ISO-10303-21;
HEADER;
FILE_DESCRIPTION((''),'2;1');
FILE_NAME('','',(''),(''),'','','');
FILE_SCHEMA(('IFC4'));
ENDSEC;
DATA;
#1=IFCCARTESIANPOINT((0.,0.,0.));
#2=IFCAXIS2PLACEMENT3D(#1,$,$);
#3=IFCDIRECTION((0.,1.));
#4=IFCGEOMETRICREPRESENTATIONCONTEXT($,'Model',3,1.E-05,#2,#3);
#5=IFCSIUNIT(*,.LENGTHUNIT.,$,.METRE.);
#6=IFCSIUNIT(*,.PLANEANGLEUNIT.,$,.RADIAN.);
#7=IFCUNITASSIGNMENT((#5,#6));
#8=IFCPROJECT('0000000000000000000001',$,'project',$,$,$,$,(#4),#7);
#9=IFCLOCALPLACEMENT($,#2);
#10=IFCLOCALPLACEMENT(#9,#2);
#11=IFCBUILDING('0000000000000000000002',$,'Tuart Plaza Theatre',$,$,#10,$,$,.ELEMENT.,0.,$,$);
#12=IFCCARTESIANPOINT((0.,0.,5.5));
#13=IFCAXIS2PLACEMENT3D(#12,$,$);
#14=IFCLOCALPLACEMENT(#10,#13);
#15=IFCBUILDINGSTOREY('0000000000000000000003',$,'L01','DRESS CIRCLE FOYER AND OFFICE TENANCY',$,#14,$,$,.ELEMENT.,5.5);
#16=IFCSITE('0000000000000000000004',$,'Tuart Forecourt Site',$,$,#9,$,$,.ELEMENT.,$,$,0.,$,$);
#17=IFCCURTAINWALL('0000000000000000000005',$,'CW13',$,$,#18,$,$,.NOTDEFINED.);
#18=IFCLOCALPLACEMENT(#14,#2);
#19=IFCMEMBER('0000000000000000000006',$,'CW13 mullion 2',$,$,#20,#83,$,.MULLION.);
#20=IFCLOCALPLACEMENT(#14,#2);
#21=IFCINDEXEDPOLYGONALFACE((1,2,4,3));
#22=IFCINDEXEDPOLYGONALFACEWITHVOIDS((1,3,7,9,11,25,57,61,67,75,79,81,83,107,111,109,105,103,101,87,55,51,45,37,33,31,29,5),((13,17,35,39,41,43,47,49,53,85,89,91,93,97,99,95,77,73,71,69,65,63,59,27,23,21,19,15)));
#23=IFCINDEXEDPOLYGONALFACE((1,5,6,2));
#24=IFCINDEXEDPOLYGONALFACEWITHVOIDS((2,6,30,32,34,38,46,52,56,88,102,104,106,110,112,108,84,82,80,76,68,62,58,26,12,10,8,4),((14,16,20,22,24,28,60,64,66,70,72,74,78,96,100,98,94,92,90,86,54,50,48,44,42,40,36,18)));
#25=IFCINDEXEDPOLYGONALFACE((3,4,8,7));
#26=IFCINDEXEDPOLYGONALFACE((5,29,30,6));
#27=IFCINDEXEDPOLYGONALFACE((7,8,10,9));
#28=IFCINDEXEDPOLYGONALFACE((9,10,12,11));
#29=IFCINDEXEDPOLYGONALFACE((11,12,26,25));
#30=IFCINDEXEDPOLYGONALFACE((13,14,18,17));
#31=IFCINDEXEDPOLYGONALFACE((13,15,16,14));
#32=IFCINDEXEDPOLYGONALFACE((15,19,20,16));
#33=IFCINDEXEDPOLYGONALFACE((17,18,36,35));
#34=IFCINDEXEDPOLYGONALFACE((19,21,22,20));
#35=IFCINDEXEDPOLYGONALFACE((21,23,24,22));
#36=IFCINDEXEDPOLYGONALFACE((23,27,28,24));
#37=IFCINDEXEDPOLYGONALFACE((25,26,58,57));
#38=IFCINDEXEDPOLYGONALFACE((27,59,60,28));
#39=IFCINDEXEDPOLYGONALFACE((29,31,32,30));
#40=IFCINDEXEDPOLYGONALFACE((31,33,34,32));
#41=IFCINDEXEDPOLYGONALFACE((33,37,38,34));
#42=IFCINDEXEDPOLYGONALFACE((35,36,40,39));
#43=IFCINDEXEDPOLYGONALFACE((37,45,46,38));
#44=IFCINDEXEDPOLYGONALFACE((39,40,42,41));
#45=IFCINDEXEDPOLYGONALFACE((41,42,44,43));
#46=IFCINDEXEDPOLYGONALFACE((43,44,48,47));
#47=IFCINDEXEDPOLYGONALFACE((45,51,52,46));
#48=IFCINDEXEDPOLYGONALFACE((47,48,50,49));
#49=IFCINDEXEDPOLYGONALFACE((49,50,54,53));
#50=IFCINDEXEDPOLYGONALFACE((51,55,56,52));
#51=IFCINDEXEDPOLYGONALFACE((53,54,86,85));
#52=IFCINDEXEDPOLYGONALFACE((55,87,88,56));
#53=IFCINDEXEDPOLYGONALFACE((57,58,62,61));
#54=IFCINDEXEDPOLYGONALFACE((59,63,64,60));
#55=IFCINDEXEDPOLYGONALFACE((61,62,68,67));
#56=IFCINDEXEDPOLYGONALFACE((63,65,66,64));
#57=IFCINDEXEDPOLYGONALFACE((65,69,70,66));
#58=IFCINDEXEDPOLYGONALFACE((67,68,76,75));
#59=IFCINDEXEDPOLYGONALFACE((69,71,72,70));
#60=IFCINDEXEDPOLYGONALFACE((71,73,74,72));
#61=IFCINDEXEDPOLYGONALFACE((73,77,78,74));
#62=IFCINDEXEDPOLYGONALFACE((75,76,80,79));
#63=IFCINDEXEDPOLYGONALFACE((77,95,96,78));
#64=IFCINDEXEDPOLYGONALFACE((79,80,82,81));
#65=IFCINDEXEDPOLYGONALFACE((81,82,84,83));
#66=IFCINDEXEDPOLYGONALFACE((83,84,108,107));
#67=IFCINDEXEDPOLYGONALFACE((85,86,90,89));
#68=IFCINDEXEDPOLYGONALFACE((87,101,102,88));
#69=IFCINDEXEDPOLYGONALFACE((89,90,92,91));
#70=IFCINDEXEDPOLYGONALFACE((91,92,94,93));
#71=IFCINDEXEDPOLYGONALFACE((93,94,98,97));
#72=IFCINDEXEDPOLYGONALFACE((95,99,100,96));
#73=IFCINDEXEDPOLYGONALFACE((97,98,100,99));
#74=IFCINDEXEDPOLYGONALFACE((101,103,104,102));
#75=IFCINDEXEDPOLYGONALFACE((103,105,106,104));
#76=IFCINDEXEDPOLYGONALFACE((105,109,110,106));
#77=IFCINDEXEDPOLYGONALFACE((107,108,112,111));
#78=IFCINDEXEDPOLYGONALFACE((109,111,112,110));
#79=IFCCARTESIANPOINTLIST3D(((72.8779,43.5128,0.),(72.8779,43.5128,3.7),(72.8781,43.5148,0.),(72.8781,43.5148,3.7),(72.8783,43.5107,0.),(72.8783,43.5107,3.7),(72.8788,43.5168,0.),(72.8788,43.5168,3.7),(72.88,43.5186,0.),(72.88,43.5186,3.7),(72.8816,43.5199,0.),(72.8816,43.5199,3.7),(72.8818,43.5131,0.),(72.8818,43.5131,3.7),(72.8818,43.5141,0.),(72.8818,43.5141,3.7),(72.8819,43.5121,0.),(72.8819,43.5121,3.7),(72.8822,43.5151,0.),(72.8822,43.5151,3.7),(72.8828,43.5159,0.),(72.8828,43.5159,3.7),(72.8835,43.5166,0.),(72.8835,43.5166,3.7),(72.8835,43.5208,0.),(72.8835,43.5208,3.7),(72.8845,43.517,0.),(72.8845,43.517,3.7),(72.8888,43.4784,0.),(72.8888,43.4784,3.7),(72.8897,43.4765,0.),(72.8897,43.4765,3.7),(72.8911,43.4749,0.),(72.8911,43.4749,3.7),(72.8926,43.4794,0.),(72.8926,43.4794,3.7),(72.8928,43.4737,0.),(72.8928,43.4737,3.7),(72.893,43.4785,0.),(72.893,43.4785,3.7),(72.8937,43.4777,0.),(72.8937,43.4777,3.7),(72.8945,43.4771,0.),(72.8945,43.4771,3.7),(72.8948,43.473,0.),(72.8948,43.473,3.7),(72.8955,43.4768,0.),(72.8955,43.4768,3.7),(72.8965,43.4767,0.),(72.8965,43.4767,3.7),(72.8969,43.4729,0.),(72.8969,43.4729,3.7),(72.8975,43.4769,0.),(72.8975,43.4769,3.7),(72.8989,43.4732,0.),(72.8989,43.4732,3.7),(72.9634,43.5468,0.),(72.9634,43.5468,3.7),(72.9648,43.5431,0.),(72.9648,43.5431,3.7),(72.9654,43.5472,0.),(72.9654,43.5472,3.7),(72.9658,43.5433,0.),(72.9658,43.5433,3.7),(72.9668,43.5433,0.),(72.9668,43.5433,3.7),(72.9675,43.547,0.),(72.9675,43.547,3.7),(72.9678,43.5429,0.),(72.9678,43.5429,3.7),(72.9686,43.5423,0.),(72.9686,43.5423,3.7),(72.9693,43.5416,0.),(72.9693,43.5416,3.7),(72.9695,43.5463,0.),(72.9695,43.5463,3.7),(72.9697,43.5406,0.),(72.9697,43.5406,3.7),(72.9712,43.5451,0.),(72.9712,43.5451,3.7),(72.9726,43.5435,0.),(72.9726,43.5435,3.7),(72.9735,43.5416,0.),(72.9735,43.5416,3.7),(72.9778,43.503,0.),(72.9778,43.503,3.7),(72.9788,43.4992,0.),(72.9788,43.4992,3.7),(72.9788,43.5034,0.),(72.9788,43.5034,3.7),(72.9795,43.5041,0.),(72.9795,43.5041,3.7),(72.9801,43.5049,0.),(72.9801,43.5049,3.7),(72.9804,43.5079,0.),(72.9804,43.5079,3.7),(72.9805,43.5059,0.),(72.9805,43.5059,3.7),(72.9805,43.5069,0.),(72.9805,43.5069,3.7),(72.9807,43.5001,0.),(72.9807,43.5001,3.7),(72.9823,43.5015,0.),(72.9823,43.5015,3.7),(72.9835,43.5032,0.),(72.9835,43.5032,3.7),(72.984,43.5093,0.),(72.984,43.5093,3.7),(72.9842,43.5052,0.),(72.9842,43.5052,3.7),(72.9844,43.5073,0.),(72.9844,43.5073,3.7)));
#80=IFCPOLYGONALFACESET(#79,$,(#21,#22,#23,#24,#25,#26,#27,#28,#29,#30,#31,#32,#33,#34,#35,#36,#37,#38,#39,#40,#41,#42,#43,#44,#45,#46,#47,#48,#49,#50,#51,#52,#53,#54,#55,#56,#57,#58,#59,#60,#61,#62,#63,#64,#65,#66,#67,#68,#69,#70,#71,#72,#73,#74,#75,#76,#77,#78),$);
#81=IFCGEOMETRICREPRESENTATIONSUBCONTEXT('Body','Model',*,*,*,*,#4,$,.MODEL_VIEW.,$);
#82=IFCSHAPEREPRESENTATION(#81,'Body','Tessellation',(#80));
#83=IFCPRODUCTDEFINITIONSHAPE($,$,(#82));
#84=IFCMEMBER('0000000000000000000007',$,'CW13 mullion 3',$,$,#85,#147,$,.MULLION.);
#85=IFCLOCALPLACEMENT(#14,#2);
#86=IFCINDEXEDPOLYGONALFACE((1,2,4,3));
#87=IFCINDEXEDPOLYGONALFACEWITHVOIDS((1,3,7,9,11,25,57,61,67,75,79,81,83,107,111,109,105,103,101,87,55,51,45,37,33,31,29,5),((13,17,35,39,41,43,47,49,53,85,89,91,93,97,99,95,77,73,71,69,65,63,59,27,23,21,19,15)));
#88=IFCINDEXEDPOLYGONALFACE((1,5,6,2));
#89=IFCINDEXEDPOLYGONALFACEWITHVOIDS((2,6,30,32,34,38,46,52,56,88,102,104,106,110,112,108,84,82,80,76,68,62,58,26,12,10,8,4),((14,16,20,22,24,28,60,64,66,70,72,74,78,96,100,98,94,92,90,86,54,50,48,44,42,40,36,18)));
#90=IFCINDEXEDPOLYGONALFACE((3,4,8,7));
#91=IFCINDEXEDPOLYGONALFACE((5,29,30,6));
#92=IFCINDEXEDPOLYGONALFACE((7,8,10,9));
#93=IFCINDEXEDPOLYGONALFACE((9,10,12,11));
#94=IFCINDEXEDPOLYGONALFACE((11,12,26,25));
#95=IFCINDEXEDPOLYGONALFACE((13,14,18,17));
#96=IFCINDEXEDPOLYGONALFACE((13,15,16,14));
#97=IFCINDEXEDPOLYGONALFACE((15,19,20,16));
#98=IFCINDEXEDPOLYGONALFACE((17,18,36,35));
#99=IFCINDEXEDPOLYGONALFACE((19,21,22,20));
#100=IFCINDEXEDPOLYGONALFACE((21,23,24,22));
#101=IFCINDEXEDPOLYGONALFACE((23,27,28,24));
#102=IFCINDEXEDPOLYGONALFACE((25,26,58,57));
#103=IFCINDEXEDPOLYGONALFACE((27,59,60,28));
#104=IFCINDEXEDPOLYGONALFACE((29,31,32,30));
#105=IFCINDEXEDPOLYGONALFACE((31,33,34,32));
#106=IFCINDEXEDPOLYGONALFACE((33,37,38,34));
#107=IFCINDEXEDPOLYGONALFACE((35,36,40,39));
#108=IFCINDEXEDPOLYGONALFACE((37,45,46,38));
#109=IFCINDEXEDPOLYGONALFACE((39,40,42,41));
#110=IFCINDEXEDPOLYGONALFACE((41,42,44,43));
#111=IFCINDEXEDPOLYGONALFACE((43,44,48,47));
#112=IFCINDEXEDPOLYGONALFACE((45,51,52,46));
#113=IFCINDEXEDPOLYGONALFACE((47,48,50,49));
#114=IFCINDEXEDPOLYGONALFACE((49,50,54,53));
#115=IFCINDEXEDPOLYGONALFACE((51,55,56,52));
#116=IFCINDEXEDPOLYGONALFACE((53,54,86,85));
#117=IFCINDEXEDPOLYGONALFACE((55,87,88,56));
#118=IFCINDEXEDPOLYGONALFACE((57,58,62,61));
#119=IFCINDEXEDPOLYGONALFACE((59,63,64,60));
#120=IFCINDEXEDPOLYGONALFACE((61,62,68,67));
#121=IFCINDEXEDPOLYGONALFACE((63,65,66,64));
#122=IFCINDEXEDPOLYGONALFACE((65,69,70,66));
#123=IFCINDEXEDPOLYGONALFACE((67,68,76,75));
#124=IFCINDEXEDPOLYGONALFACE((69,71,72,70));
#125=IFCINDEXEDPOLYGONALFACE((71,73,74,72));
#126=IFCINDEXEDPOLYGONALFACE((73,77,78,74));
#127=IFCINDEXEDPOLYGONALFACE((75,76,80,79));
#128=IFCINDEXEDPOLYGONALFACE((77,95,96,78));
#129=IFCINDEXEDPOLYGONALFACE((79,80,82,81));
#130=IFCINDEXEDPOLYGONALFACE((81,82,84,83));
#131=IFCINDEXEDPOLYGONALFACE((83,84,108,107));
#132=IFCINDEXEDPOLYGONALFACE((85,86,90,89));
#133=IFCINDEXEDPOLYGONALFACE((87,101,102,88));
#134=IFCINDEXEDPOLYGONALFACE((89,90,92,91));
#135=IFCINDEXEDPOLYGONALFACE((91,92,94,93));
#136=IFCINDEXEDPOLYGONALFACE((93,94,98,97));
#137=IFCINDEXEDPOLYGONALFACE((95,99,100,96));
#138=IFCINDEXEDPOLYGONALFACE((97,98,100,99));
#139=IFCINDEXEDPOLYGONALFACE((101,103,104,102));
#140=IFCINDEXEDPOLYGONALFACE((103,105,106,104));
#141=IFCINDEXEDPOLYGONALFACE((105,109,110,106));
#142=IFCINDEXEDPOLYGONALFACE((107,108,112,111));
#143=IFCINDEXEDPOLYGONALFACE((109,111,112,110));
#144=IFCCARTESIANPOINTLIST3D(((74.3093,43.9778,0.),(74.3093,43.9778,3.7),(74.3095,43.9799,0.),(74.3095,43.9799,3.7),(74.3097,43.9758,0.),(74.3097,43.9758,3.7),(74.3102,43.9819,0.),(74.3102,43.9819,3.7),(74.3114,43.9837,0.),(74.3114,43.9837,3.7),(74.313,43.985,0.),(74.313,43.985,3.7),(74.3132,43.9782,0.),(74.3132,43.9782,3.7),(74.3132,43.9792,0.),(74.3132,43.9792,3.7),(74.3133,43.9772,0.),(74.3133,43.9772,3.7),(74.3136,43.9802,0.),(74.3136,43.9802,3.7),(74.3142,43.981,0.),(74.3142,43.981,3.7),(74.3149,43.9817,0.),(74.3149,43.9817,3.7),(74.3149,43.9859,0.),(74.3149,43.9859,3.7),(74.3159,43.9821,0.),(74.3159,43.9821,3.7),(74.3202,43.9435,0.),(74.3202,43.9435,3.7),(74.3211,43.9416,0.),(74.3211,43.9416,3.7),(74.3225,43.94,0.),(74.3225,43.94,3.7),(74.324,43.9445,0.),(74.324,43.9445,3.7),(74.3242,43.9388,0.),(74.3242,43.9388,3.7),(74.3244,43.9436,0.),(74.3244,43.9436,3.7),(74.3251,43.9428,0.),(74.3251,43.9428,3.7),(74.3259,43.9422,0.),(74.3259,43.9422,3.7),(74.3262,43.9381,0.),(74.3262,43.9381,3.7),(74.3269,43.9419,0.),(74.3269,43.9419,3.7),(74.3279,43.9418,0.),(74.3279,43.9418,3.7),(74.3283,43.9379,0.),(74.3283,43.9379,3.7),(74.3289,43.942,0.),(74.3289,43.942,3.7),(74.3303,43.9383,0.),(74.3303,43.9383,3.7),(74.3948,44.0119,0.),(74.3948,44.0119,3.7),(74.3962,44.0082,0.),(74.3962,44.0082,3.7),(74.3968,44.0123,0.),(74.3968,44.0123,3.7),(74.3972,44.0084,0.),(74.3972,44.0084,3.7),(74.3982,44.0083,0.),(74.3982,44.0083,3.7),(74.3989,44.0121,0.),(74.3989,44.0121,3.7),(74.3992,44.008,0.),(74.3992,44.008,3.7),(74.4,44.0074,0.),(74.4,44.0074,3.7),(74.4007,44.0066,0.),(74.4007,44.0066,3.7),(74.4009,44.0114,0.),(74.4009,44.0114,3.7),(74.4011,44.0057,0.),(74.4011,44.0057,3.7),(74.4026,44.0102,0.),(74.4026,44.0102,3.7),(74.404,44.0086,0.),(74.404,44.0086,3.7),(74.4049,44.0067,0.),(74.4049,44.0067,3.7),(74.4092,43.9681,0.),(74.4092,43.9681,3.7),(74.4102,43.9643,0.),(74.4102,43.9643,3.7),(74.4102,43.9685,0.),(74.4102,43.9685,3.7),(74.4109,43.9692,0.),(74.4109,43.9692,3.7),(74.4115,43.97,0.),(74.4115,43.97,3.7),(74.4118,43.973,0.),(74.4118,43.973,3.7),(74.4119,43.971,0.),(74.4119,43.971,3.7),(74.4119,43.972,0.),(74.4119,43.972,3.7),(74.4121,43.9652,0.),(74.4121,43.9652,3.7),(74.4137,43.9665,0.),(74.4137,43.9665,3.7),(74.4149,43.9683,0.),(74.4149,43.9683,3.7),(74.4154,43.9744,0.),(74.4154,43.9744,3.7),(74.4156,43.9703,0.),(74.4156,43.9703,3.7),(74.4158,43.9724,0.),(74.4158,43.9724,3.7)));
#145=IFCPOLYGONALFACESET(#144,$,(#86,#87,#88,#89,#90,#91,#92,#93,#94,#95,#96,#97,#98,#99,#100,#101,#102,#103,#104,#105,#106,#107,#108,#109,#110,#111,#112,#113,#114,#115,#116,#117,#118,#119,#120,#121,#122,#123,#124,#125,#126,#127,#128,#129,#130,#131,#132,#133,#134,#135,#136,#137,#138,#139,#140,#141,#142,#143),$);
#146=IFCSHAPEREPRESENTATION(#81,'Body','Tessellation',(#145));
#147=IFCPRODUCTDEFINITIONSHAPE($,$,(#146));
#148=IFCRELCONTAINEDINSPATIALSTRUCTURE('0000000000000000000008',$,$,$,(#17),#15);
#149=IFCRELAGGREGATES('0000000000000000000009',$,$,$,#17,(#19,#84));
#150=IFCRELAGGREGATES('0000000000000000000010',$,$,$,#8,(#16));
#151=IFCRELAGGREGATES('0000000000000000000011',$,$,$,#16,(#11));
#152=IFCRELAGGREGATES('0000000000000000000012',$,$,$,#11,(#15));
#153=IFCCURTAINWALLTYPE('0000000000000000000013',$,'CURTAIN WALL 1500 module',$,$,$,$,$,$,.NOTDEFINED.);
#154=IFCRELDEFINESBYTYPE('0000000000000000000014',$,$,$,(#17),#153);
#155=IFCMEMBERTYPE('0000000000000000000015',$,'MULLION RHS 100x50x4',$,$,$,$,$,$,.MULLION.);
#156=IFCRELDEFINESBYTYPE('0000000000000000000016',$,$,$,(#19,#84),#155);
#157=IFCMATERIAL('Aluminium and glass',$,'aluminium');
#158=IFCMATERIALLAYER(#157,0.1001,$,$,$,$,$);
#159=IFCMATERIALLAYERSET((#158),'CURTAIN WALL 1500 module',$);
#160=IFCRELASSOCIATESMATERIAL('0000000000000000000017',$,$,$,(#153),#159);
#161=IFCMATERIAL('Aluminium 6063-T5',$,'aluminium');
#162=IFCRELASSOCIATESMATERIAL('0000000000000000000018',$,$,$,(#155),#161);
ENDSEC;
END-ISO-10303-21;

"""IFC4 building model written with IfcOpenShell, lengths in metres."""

from ifc_helpers import new_model, si_unit, direction, frame, origin, origin_2d, place, context, subcontext, project, spatial, hollow_rectangle, extrude, material, layer, layer_set, material_profile, profile_set, type_object, element, aggregate, save


model = new_model("IFC4")

# Units and contexts
model_context = context("Model", 3, precision=1e-05, world=origin(), true_north=direction((0.0, 1.0)))
body_context = subcontext(model_context, "Body", "Model", "MODEL_VIEW")
ifc_project = project(units=[si_unit("LENGTHUNIT", "METRE"), si_unit("PLANEANGLEUNIT", "RADIAN")], contexts=[model_context])

# Site, building, storey
site_placement = place(None, origin())
site = spatial("IfcSite", under=ifc_project, at=site_placement, Name="Tuart Forecourt Site", CompositionType="ELEMENT", RefElevation=0.0)
building_placement = place(site_placement, origin())
building = spatial("IfcBuilding", under=site, at=building_placement, Name="Tuart Plaza Theatre", CompositionType="ELEMENT", ElevationOfRefHeight=0.0)
storey_placement = place(building_placement, frame((0.0, 0.0, 5.5)))
storey = spatial("IfcBuildingStorey", under=building, at=storey_placement, Name="L01", Description="DRESS CIRCLE FOYER AND OFFICE TENANCY", CompositionType="ELEMENT", Elevation=5.5)

# Curtain wall, members
ifc_material_1 = material(Name="Aluminium and glass", Category="aluminium")
ifc_layer_1 = layer(ifc_material_1, 0.1001)
ifc_layer_set_1 = layer_set([ifc_layer_1], Name="CURTAIN WALL 1500 module")
curtain_wall_type = type_object("IfcCurtainWallType", Name="CURTAIN WALL 1500 module", PredefinedType="NOTDEFINED", material=ifc_layer_set_1)
curtain_wall_placement = place(storey_placement, origin())
curtain_wall = element("IfcCurtainWall", 1, at=curtain_wall_placement, inside=storey, type_object=curtain_wall_type, Name="CW13", PredefinedType="NOTDEFINED")
ifc_material_2 = material(Name="Aluminium 6063-T5", Category="aluminium")
ifc_material_profile_1 = material_profile(ifc_material_2, hollow_rectangle(XDim=0.05, YDim=0.1001, WallThickness=0.0039, InnerFilletRadius=0.0039, OuterFilletRadius=0.0081, at=origin_2d()), Name="RHS 100x50x4")
ifc_profile_set_1 = profile_set([ifc_material_profile_1], Name="Aluminium 6063-T5")
member_type_1 = type_object("IfcMemberType", Name="MULLION RHS 100x50x4", PredefinedType="MULLION", material=ifc_profile_set_1)
member_1_placement = place(storey_placement, frame((72.9312, 43.51, 0.0), z_axis=(0.0, 0.0, 1.0), x_axis=(-0.308986, 0.951067, 0.0)))
member_1 = element("IfcMember", 2, at=member_1_placement, type_object=member_type_1, Name="CW13 mullion 2", PredefinedType="MULLION", context=body_context, shape_type="SweptSolid", body=[
    extrude(hollow_rectangle(XDim=0.05, YDim=0.1001, WallThickness=0.0039, InnerFilletRadius=0.0039, OuterFilletRadius=0.0081, at=origin_2d()), origin(), (0.0, 0.0, 1.0), 3.7),
])
member_2_placement = place(storey_placement, frame((74.3625, 43.9751, 0.0), z_axis=(0.0, 0.0, 1.0), x_axis=(-0.308986, 0.951067, 0.0)))
member_2 = element("IfcMember", 3, at=member_2_placement, type_object=member_type_1, Name="CW13 mullion 3", PredefinedType="MULLION", context=body_context, shape_type="SweptSolid", body=[
    extrude(hollow_rectangle(XDim=0.05, YDim=0.1001, WallThickness=0.0039, InnerFilletRadius=0.0039, OuterFilletRadius=0.0081, at=origin_2d()), origin(), (0.0, 0.0, 1.0), 3.7),
])
aggregate(curtain_wall, [member_1, member_2])

save(model, "model.ifc")
